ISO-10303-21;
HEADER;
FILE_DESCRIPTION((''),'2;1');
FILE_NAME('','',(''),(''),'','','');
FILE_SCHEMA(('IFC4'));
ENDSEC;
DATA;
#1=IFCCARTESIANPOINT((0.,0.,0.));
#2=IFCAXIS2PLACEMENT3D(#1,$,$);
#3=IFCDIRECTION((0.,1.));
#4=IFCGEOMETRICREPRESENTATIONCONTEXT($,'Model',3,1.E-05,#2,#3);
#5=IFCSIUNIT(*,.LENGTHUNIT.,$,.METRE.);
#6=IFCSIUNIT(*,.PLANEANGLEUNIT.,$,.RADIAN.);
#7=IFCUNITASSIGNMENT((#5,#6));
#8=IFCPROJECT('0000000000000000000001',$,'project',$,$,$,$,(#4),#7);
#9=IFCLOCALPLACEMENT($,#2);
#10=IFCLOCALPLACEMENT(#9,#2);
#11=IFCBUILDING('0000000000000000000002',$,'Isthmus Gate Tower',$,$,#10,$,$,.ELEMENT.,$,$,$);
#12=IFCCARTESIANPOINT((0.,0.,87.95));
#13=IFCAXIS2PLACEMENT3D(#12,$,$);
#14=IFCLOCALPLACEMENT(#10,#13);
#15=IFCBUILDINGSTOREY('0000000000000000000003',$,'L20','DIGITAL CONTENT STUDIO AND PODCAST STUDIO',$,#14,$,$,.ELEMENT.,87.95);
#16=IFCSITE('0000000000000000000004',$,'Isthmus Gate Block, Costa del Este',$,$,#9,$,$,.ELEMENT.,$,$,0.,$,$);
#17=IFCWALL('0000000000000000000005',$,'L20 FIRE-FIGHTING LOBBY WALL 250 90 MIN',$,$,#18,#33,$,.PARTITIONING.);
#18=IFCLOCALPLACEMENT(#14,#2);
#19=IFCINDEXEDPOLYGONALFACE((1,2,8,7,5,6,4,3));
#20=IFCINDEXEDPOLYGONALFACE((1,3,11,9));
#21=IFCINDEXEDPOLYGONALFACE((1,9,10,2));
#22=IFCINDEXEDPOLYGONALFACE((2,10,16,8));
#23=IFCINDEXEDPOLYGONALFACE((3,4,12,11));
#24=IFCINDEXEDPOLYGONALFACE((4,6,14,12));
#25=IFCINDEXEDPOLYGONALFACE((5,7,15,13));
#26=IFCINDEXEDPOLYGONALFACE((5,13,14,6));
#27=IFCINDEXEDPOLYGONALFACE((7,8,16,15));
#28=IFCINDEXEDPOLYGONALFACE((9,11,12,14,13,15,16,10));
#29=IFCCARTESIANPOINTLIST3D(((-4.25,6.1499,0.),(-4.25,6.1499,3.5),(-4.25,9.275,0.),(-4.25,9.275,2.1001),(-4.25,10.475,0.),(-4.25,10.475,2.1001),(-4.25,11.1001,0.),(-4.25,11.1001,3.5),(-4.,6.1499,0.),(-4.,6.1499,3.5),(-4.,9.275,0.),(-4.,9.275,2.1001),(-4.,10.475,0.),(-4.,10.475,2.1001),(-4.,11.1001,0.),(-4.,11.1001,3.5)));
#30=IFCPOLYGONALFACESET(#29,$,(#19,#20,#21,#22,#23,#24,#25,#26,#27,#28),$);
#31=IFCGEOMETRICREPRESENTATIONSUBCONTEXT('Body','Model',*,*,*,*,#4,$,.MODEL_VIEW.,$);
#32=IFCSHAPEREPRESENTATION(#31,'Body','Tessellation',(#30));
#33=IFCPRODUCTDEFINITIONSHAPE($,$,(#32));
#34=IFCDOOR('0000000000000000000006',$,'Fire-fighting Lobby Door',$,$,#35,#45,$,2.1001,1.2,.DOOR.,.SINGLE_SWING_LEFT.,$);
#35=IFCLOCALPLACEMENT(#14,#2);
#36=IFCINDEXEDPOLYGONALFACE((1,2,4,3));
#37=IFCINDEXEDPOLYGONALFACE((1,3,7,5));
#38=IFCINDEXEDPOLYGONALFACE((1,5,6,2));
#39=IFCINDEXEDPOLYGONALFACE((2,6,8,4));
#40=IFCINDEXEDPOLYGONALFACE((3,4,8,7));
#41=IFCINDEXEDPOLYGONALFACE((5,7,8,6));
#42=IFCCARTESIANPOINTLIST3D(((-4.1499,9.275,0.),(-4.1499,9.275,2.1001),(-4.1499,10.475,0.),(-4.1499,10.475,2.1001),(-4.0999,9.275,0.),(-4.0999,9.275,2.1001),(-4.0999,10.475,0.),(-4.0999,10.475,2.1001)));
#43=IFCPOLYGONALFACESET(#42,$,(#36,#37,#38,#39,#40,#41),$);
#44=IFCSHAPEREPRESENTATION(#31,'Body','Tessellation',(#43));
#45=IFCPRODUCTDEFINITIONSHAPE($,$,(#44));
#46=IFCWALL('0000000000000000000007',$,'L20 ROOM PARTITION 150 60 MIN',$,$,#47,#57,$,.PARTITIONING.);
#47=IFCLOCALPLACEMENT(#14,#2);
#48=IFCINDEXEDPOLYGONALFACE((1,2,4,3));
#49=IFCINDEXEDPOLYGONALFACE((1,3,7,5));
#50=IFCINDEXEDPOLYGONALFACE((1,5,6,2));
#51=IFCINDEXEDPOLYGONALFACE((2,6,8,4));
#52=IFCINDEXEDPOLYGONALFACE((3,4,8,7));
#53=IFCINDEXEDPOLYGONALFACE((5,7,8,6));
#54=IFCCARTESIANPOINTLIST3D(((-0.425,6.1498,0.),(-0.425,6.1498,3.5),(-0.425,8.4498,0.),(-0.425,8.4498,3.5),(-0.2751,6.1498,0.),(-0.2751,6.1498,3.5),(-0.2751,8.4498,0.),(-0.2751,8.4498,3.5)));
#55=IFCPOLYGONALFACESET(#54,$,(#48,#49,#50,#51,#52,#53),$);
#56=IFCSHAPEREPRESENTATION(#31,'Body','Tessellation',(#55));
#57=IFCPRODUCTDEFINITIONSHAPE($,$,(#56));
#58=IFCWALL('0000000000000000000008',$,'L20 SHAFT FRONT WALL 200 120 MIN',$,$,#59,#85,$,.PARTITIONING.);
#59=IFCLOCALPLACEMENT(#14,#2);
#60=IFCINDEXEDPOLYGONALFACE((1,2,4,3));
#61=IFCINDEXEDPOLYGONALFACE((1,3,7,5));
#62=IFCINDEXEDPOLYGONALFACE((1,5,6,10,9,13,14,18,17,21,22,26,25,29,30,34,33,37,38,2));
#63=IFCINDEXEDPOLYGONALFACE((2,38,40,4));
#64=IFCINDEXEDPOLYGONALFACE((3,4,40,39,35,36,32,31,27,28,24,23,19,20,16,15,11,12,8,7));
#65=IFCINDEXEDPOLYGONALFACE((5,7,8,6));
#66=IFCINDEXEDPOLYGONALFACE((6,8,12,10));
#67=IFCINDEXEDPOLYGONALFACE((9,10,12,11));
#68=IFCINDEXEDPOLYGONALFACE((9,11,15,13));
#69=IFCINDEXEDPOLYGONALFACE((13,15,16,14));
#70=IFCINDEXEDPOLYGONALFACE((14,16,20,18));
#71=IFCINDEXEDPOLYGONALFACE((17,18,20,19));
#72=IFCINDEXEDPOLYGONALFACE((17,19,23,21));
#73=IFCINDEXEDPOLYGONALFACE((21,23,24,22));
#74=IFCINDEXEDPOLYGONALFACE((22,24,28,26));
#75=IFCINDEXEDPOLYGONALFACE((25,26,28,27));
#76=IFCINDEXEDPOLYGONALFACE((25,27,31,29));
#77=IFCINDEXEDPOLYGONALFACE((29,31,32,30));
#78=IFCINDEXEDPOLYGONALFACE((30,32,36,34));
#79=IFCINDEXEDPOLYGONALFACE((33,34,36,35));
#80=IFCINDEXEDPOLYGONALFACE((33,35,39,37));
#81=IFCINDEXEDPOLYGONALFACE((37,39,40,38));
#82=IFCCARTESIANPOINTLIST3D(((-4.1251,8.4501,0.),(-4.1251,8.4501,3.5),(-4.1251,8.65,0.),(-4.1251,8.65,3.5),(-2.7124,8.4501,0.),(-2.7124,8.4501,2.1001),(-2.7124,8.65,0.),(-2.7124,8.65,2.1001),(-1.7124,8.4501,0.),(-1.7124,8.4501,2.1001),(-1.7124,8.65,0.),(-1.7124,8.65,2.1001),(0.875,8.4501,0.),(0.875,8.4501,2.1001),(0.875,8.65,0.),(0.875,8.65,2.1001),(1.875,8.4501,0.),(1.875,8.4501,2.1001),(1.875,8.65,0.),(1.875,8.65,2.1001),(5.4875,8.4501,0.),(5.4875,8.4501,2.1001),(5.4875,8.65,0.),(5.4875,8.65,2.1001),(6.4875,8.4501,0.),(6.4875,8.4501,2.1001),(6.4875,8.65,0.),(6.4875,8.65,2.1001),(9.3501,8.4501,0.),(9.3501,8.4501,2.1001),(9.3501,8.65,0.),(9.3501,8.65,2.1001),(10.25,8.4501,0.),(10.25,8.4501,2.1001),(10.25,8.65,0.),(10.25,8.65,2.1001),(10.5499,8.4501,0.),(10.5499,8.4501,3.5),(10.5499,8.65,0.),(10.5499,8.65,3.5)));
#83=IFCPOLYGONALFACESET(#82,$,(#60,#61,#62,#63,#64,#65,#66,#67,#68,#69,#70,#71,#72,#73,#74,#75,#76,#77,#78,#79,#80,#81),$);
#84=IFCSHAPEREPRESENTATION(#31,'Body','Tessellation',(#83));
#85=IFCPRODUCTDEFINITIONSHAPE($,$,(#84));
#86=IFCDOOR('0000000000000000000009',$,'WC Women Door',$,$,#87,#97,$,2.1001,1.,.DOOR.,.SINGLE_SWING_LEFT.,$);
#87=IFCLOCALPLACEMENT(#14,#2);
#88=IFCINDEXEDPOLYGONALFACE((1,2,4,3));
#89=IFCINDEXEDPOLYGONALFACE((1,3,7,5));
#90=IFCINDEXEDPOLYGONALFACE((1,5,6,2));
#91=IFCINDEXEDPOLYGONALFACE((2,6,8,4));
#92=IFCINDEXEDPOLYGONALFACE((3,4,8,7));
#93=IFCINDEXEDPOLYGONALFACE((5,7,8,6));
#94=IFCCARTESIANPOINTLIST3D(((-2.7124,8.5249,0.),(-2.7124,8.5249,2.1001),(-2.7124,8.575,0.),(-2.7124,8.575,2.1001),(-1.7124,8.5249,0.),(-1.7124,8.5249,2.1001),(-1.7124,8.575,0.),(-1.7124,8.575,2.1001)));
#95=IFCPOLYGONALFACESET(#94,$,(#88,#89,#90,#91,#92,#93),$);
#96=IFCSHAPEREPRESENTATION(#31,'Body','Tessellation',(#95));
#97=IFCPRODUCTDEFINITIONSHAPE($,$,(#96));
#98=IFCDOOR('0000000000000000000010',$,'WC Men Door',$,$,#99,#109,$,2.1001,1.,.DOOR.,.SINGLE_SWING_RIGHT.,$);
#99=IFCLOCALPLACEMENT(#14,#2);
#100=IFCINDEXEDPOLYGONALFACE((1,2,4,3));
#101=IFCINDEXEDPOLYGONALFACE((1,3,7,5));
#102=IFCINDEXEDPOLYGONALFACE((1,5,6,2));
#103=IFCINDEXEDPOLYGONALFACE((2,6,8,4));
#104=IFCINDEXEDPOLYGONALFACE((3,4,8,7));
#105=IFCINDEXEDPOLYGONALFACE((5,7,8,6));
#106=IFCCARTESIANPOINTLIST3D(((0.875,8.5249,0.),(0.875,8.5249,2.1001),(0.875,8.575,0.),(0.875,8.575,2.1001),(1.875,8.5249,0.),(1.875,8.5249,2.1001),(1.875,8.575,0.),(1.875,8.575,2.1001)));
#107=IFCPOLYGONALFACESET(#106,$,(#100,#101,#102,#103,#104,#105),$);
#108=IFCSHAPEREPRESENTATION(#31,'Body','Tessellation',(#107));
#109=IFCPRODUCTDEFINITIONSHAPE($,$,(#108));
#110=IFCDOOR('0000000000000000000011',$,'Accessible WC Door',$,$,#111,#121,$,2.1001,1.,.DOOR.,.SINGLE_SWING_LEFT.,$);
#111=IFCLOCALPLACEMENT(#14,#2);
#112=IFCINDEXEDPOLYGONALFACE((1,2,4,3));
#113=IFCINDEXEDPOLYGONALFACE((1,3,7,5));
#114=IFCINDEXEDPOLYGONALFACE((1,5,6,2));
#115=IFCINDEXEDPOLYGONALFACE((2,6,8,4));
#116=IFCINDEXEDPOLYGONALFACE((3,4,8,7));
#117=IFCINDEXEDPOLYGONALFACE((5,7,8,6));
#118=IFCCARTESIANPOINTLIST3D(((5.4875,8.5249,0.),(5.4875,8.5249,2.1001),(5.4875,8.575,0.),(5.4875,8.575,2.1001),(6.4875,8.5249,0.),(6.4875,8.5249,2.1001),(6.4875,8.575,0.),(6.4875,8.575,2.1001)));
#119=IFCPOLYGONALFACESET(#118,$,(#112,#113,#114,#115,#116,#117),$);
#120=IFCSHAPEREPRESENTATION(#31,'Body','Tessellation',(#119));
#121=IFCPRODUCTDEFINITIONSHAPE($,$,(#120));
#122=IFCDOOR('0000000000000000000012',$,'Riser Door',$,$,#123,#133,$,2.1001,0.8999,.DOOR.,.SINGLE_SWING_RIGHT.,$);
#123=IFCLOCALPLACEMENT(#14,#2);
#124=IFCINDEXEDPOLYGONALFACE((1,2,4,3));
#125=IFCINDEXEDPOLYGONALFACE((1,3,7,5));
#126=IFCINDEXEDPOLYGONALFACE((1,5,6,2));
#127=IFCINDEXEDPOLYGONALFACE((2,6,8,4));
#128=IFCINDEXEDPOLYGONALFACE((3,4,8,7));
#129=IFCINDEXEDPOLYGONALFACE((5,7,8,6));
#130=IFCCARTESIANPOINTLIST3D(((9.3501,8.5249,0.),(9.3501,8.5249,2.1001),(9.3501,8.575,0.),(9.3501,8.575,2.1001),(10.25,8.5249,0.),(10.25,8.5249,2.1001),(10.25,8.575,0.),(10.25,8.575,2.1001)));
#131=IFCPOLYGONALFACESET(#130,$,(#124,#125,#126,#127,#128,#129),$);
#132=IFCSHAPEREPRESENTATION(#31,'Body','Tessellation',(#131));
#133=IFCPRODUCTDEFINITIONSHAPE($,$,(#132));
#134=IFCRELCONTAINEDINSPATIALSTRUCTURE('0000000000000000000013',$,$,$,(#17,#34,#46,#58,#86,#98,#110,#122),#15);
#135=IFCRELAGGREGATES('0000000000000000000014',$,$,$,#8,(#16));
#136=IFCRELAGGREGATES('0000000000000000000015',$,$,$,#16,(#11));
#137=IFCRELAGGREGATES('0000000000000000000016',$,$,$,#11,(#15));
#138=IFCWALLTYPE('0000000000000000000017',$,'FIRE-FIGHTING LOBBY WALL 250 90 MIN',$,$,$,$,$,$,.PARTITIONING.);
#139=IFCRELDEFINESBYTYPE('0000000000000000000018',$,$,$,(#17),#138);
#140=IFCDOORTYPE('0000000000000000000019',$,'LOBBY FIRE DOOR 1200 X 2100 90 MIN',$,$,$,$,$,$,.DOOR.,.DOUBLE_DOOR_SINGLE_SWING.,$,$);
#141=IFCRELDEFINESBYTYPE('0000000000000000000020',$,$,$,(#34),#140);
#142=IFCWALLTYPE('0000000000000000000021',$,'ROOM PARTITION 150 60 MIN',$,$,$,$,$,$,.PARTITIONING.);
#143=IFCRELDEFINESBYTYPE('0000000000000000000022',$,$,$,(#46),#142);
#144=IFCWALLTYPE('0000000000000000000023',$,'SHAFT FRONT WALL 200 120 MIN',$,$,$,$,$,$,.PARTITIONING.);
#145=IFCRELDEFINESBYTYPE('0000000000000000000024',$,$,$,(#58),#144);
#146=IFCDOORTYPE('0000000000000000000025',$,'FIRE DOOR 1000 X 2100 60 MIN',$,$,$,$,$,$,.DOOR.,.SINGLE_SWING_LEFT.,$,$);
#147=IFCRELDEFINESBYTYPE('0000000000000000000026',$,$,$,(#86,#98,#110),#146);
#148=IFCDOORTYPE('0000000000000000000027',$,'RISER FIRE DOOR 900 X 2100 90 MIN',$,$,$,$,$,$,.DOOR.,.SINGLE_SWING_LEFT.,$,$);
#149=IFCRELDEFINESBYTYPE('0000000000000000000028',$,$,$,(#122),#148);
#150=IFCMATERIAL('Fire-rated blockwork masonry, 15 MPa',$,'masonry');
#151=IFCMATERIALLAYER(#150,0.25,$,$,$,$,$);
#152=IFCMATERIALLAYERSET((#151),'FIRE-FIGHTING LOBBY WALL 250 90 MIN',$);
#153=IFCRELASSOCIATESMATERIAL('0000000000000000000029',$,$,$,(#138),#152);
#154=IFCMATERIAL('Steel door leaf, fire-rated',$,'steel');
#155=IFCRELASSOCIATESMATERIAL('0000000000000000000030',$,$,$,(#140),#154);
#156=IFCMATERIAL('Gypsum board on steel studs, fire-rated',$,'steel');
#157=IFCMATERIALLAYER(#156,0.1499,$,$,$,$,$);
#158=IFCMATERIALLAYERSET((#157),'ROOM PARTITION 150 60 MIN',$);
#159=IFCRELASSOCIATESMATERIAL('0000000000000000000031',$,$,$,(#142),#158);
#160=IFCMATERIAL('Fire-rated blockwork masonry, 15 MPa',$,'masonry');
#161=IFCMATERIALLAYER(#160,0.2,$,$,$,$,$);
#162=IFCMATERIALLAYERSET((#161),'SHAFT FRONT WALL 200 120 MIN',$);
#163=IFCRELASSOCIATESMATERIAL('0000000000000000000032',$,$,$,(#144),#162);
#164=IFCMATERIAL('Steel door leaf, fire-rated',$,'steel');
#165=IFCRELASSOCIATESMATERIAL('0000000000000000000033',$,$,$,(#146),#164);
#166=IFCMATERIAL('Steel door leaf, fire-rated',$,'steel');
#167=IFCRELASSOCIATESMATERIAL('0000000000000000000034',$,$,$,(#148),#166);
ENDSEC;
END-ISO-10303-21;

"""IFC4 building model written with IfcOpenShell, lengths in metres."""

from ifc_helpers import new_model, si_unit, direction, frame, frame_2d, origin, place, context, subcontext, project, spatial, rectangle, extrude, material, layer, layer_set, type_object, element, fill, save


model = new_model("IFC4")

# Units and contexts
model_context = context("Model", 3, precision=1e-05, world=origin(), true_north=direction((0.0, 1.0)))
body_context = subcontext(model_context, "Body", "Model", "MODEL_VIEW")
ifc_project = project(units=[si_unit("LENGTHUNIT", "METRE"), si_unit("PLANEANGLEUNIT", "RADIAN")], contexts=[model_context])

# Site, building, storey
site_placement = place(None, origin())
site = spatial("IfcSite", under=ifc_project, at=site_placement, Name="Isthmus Gate Block, Costa del Este", CompositionType="ELEMENT", RefElevation=0.0)
building_placement = place(site_placement, origin())
building = spatial("IfcBuilding", under=site, at=building_placement, Name="Isthmus Gate Tower", CompositionType="ELEMENT")
storey_placement = place(building_placement, frame((0.0, 0.0, 87.95)))
storey = spatial("IfcBuildingStorey", under=building, at=storey_placement, Name="L20", Description="DIGITAL CONTENT STUDIO AND PODCAST STUDIO", CompositionType="ELEMENT", Elevation=87.95)

# Wall, opening, door
ifc_material_1 = material(Name="Fire-rated blockwork masonry, 15 MPa", Category="masonry")
ifc_layer_1 = layer(ifc_material_1, 0.25)
ifc_layer_set_1 = layer_set([ifc_layer_1], Name="FIRE-FIGHTING LOBBY WALL 250 90 MIN")
wall_type_1 = type_object("IfcWallType", Name="FIRE-FIGHTING LOBBY WALL 250 90 MIN", PredefinedType="PARTITIONING", material=ifc_layer_set_1)
wall_1_placement = place(storey_placement, frame((-4.125, 6.1499, 0.0), z_axis=(0.0, 0.0, 1.0), x_axis=(0.0, 1.0, 0.0)))
wall_1 = element("IfcWall", 1, at=wall_1_placement, inside=storey, type_object=wall_type_1, Name="L20 FIRE-FIGHTING LOBBY WALL 250 90 MIN", PredefinedType="PARTITIONING", context=body_context, shape_type="SweptSolid", body=[
    extrude(rectangle(XDim=4.9502, YDim=0.25, at=frame_2d((2.4751, 0.0))), origin(), (0.0, 0.0, 1.0), 3.5),
])
opening_1_placement = place(wall_1_placement, frame((3.125, 0.0, 0.0)))
opening_1 = element("IfcOpeningElement", 2, at=opening_1_placement, cuts=wall_1, PredefinedType="OPENING", context=body_context, shape_type="SweptSolid", body=[
    extrude(rectangle(XDim=1.2, YDim=2.1001, at=frame_2d((0.6001, 1.05))), frame((0.0, 0.135, 0.0), z_axis=(0.0, -1.0, 0.0), x_axis=(1.0, 0.0, 0.0)), (0.0, 0.0, 1.0), 0.27),
])
ifc_material_2 = material(Name="Steel door leaf, fire-rated", Category="steel")
door_type_1 = type_object("IfcDoorType", Name="LOBBY FIRE DOOR 1200 X 2100 90 MIN", OperationType="DOUBLE_DOOR_SINGLE_SWING", PredefinedType="DOOR", material=ifc_material_2)
door_1_placement = place(opening_1_placement, origin())
door_1 = element("IfcDoor", 3, at=door_1_placement, inside=storey, type_object=door_type_1, Name="Fire-fighting Lobby Door", OperationType="SINGLE_SWING_LEFT", OverallHeight=2.1001, OverallWidth=1.2, PredefinedType="DOOR", context=body_context, shape_type="SweptSolid", body=[
    extrude(rectangle(XDim=1.2, YDim=2.1001, at=frame_2d((0.6001, 1.05))), frame((0.0, 0.0249, 0.0), z_axis=(0.0, -1.0, 0.0), x_axis=(1.0, 0.0, 0.0)), (0.0, 0.0, 1.0), 0.05),
])
fill(opening_1, door_1)

# Wall
ifc_material_3 = material(Name="Gypsum board on steel studs, fire-rated", Category="steel")
ifc_layer_2 = layer(ifc_material_3, 0.1499)
ifc_layer_set_2 = layer_set([ifc_layer_2], Name="ROOM PARTITION 150 60 MIN")
wall_type_2 = type_object("IfcWallType", Name="ROOM PARTITION 150 60 MIN", PredefinedType="PARTITIONING", material=ifc_layer_set_2)
wall_2_placement = place(storey_placement, frame((-0.3501, 6.1499, 0.0), z_axis=(0.0, 0.0, 1.0), x_axis=(0.0, 1.0, 0.0)))
element("IfcWall", 4, at=wall_2_placement, inside=storey, type_object=wall_type_2, Name="L20 ROOM PARTITION 150 60 MIN", PredefinedType="PARTITIONING", context=body_context, shape_type="SweptSolid", body=[
    extrude(rectangle(XDim=2.3, YDim=0.1499, at=frame_2d((1.1499, 0.0))), origin(), (0.0, 0.0, 1.0), 3.5),
])

# Wall, openings, doors
ifc_material_4 = material(Name="Fire-rated blockwork masonry, 15 MPa", Category="masonry")
ifc_layer_3 = layer(ifc_material_4, 0.2)
ifc_layer_set_3 = layer_set([ifc_layer_3], Name="SHAFT FRONT WALL 200 120 MIN")
wall_type_3 = type_object("IfcWallType", Name="SHAFT FRONT WALL 200 120 MIN", PredefinedType="PARTITIONING", material=ifc_layer_set_3)
wall_3_placement = place(storey_placement, frame((-4.125, 8.55, 0.0), z_axis=(0.0, 0.0, 1.0), x_axis=(1.0, 0.0, 0.0)))
wall_3 = element("IfcWall", 5, at=wall_3_placement, inside=storey, type_object=wall_type_3, Name="L20 SHAFT FRONT WALL 200 120 MIN", PredefinedType="PARTITIONING", context=body_context, shape_type="SweptSolid", body=[
    extrude(rectangle(XDim=14.675, YDim=0.2, at=frame_2d((7.3374, 0.0))), origin(), (0.0, 0.0, 1.0), 3.5),
])
opening_2_placement = place(wall_3_placement, frame((1.4126, 0.0, 0.0)))
opening_2 = element("IfcOpeningElement", 6, at=opening_2_placement, cuts=wall_3, PredefinedType="OPENING", context=body_context, shape_type="SweptSolid", body=[
    extrude(rectangle(XDim=1.0, YDim=2.1001, at=frame_2d((0.5, 1.05))), frame((0.0, 0.1099, 0.0), z_axis=(0.0, -1.0, 0.0), x_axis=(1.0, 0.0, 0.0)), (0.0, 0.0, 1.0), 0.22),
])
opening_3_placement = place(wall_3_placement, frame((5.0, 0.0, 0.0)))
opening_3 = element("IfcOpeningElement", 7, at=opening_3_placement, cuts=wall_3, PredefinedType="OPENING", context=body_context, shape_type="SweptSolid", body=[
    extrude(rectangle(XDim=1.0, YDim=2.1001, at=frame_2d((0.5, 1.05))), frame((0.0, 0.1099, 0.0), z_axis=(0.0, -1.0, 0.0), x_axis=(1.0, 0.0, 0.0)), (0.0, 0.0, 1.0), 0.22),
])
opening_4_placement = place(wall_3_placement, frame((9.6125, 0.0, 0.0)))
opening_4 = element("IfcOpeningElement", 8, at=opening_4_placement, cuts=wall_3, PredefinedType="OPENING", context=body_context, shape_type="SweptSolid", body=[
    extrude(rectangle(XDim=1.0, YDim=2.1001, at=frame_2d((0.5, 1.05))), frame((0.0, 0.1099, 0.0), z_axis=(0.0, -1.0, 0.0), x_axis=(1.0, 0.0, 0.0)), (0.0, 0.0, 1.0), 0.22),
])
opening_5_placement = place(wall_3_placement, frame((13.4751, 0.0, 0.0)))
opening_5 = element("IfcOpeningElement", 9, at=opening_5_placement, cuts=wall_3, PredefinedType="OPENING", context=body_context, shape_type="SweptSolid", body=[
    extrude(rectangle(XDim=0.8999, YDim=2.1001, at=frame_2d((0.45, 1.05))), frame((0.0, 0.1099, 0.0), z_axis=(0.0, -1.0, 0.0), x_axis=(1.0, 0.0, 0.0)), (0.0, 0.0, 1.0), 0.22),
])
ifc_material_5 = material(Name="Steel door leaf, fire-rated", Category="steel")
door_type_2 = type_object("IfcDoorType", Name="FIRE DOOR 1000 X 2100 60 MIN", OperationType="SINGLE_SWING_LEFT", PredefinedType="DOOR", material=ifc_material_5)
door_2_placement = place(opening_2_placement, origin())
door_2 = element("IfcDoor", 10, at=door_2_placement, inside=storey, type_object=door_type_2, Name="WC Women Door", OperationType="SINGLE_SWING_LEFT", OverallHeight=2.1001, OverallWidth=1.0, PredefinedType="DOOR", context=body_context, shape_type="SweptSolid", body=[
    extrude(rectangle(XDim=1.0, YDim=2.1001, at=frame_2d((0.5, 1.05))), frame((0.0, 0.0249, 0.0), z_axis=(0.0, -1.0, 0.0), x_axis=(1.0, 0.0, 0.0)), (0.0, 0.0, 1.0), 0.05),
])
fill(opening_2, door_2)
door_3_placement = place(opening_3_placement, origin())
door_3 = element("IfcDoor", 11, at=door_3_placement, inside=storey, type_object=door_type_2, Name="WC Men Door", OperationType="SINGLE_SWING_RIGHT", OverallHeight=2.1001, OverallWidth=1.0, PredefinedType="DOOR", context=body_context, shape_type="SweptSolid", body=[
    extrude(rectangle(XDim=1.0, YDim=2.1001, at=frame_2d((0.5, 1.05))), frame((0.0, 0.0249, 0.0), z_axis=(0.0, -1.0, 0.0), x_axis=(1.0, 0.0, 0.0)), (0.0, 0.0, 1.0), 0.05),
])
fill(opening_3, door_3)
door_4_placement = place(opening_4_placement, origin())
door_4 = element("IfcDoor", 12, at=door_4_placement, inside=storey, type_object=door_type_2, Name="Accessible WC Door", OperationType="SINGLE_SWING_LEFT", OverallHeight=2.1001, OverallWidth=1.0, PredefinedType="DOOR", context=body_context, shape_type="SweptSolid", body=[
    extrude(rectangle(XDim=1.0, YDim=2.1001, at=frame_2d((0.5, 1.05))), frame((0.0, 0.0249, 0.0), z_axis=(0.0, -1.0, 0.0), x_axis=(1.0, 0.0, 0.0)), (0.0, 0.0, 1.0), 0.05),
])
fill(opening_4, door_4)
ifc_material_6 = material(Name="Steel door leaf, fire-rated", Category="steel")
door_type_3 = type_object("IfcDoorType", Name="RISER FIRE DOOR 900 X 2100 90 MIN", OperationType="SINGLE_SWING_LEFT", PredefinedType="DOOR", material=ifc_material_6)
door_5_placement = place(opening_5_placement, origin())
door_5 = element("IfcDoor", 13, at=door_5_placement, inside=storey, type_object=door_type_3, Name="Riser Door", OperationType="SINGLE_SWING_RIGHT", OverallHeight=2.1001, OverallWidth=0.8999, PredefinedType="DOOR", context=body_context, shape_type="SweptSolid", body=[
    extrude(rectangle(XDim=0.8999, YDim=2.1001, at=frame_2d((0.45, 1.05))), frame((0.0, 0.0249, 0.0), z_axis=(0.0, -1.0, 0.0), x_axis=(1.0, 0.0, 0.0)), (0.0, 0.0, 1.0), 0.05),
])
fill(opening_5, door_5)

save(model, "model.ifc")
